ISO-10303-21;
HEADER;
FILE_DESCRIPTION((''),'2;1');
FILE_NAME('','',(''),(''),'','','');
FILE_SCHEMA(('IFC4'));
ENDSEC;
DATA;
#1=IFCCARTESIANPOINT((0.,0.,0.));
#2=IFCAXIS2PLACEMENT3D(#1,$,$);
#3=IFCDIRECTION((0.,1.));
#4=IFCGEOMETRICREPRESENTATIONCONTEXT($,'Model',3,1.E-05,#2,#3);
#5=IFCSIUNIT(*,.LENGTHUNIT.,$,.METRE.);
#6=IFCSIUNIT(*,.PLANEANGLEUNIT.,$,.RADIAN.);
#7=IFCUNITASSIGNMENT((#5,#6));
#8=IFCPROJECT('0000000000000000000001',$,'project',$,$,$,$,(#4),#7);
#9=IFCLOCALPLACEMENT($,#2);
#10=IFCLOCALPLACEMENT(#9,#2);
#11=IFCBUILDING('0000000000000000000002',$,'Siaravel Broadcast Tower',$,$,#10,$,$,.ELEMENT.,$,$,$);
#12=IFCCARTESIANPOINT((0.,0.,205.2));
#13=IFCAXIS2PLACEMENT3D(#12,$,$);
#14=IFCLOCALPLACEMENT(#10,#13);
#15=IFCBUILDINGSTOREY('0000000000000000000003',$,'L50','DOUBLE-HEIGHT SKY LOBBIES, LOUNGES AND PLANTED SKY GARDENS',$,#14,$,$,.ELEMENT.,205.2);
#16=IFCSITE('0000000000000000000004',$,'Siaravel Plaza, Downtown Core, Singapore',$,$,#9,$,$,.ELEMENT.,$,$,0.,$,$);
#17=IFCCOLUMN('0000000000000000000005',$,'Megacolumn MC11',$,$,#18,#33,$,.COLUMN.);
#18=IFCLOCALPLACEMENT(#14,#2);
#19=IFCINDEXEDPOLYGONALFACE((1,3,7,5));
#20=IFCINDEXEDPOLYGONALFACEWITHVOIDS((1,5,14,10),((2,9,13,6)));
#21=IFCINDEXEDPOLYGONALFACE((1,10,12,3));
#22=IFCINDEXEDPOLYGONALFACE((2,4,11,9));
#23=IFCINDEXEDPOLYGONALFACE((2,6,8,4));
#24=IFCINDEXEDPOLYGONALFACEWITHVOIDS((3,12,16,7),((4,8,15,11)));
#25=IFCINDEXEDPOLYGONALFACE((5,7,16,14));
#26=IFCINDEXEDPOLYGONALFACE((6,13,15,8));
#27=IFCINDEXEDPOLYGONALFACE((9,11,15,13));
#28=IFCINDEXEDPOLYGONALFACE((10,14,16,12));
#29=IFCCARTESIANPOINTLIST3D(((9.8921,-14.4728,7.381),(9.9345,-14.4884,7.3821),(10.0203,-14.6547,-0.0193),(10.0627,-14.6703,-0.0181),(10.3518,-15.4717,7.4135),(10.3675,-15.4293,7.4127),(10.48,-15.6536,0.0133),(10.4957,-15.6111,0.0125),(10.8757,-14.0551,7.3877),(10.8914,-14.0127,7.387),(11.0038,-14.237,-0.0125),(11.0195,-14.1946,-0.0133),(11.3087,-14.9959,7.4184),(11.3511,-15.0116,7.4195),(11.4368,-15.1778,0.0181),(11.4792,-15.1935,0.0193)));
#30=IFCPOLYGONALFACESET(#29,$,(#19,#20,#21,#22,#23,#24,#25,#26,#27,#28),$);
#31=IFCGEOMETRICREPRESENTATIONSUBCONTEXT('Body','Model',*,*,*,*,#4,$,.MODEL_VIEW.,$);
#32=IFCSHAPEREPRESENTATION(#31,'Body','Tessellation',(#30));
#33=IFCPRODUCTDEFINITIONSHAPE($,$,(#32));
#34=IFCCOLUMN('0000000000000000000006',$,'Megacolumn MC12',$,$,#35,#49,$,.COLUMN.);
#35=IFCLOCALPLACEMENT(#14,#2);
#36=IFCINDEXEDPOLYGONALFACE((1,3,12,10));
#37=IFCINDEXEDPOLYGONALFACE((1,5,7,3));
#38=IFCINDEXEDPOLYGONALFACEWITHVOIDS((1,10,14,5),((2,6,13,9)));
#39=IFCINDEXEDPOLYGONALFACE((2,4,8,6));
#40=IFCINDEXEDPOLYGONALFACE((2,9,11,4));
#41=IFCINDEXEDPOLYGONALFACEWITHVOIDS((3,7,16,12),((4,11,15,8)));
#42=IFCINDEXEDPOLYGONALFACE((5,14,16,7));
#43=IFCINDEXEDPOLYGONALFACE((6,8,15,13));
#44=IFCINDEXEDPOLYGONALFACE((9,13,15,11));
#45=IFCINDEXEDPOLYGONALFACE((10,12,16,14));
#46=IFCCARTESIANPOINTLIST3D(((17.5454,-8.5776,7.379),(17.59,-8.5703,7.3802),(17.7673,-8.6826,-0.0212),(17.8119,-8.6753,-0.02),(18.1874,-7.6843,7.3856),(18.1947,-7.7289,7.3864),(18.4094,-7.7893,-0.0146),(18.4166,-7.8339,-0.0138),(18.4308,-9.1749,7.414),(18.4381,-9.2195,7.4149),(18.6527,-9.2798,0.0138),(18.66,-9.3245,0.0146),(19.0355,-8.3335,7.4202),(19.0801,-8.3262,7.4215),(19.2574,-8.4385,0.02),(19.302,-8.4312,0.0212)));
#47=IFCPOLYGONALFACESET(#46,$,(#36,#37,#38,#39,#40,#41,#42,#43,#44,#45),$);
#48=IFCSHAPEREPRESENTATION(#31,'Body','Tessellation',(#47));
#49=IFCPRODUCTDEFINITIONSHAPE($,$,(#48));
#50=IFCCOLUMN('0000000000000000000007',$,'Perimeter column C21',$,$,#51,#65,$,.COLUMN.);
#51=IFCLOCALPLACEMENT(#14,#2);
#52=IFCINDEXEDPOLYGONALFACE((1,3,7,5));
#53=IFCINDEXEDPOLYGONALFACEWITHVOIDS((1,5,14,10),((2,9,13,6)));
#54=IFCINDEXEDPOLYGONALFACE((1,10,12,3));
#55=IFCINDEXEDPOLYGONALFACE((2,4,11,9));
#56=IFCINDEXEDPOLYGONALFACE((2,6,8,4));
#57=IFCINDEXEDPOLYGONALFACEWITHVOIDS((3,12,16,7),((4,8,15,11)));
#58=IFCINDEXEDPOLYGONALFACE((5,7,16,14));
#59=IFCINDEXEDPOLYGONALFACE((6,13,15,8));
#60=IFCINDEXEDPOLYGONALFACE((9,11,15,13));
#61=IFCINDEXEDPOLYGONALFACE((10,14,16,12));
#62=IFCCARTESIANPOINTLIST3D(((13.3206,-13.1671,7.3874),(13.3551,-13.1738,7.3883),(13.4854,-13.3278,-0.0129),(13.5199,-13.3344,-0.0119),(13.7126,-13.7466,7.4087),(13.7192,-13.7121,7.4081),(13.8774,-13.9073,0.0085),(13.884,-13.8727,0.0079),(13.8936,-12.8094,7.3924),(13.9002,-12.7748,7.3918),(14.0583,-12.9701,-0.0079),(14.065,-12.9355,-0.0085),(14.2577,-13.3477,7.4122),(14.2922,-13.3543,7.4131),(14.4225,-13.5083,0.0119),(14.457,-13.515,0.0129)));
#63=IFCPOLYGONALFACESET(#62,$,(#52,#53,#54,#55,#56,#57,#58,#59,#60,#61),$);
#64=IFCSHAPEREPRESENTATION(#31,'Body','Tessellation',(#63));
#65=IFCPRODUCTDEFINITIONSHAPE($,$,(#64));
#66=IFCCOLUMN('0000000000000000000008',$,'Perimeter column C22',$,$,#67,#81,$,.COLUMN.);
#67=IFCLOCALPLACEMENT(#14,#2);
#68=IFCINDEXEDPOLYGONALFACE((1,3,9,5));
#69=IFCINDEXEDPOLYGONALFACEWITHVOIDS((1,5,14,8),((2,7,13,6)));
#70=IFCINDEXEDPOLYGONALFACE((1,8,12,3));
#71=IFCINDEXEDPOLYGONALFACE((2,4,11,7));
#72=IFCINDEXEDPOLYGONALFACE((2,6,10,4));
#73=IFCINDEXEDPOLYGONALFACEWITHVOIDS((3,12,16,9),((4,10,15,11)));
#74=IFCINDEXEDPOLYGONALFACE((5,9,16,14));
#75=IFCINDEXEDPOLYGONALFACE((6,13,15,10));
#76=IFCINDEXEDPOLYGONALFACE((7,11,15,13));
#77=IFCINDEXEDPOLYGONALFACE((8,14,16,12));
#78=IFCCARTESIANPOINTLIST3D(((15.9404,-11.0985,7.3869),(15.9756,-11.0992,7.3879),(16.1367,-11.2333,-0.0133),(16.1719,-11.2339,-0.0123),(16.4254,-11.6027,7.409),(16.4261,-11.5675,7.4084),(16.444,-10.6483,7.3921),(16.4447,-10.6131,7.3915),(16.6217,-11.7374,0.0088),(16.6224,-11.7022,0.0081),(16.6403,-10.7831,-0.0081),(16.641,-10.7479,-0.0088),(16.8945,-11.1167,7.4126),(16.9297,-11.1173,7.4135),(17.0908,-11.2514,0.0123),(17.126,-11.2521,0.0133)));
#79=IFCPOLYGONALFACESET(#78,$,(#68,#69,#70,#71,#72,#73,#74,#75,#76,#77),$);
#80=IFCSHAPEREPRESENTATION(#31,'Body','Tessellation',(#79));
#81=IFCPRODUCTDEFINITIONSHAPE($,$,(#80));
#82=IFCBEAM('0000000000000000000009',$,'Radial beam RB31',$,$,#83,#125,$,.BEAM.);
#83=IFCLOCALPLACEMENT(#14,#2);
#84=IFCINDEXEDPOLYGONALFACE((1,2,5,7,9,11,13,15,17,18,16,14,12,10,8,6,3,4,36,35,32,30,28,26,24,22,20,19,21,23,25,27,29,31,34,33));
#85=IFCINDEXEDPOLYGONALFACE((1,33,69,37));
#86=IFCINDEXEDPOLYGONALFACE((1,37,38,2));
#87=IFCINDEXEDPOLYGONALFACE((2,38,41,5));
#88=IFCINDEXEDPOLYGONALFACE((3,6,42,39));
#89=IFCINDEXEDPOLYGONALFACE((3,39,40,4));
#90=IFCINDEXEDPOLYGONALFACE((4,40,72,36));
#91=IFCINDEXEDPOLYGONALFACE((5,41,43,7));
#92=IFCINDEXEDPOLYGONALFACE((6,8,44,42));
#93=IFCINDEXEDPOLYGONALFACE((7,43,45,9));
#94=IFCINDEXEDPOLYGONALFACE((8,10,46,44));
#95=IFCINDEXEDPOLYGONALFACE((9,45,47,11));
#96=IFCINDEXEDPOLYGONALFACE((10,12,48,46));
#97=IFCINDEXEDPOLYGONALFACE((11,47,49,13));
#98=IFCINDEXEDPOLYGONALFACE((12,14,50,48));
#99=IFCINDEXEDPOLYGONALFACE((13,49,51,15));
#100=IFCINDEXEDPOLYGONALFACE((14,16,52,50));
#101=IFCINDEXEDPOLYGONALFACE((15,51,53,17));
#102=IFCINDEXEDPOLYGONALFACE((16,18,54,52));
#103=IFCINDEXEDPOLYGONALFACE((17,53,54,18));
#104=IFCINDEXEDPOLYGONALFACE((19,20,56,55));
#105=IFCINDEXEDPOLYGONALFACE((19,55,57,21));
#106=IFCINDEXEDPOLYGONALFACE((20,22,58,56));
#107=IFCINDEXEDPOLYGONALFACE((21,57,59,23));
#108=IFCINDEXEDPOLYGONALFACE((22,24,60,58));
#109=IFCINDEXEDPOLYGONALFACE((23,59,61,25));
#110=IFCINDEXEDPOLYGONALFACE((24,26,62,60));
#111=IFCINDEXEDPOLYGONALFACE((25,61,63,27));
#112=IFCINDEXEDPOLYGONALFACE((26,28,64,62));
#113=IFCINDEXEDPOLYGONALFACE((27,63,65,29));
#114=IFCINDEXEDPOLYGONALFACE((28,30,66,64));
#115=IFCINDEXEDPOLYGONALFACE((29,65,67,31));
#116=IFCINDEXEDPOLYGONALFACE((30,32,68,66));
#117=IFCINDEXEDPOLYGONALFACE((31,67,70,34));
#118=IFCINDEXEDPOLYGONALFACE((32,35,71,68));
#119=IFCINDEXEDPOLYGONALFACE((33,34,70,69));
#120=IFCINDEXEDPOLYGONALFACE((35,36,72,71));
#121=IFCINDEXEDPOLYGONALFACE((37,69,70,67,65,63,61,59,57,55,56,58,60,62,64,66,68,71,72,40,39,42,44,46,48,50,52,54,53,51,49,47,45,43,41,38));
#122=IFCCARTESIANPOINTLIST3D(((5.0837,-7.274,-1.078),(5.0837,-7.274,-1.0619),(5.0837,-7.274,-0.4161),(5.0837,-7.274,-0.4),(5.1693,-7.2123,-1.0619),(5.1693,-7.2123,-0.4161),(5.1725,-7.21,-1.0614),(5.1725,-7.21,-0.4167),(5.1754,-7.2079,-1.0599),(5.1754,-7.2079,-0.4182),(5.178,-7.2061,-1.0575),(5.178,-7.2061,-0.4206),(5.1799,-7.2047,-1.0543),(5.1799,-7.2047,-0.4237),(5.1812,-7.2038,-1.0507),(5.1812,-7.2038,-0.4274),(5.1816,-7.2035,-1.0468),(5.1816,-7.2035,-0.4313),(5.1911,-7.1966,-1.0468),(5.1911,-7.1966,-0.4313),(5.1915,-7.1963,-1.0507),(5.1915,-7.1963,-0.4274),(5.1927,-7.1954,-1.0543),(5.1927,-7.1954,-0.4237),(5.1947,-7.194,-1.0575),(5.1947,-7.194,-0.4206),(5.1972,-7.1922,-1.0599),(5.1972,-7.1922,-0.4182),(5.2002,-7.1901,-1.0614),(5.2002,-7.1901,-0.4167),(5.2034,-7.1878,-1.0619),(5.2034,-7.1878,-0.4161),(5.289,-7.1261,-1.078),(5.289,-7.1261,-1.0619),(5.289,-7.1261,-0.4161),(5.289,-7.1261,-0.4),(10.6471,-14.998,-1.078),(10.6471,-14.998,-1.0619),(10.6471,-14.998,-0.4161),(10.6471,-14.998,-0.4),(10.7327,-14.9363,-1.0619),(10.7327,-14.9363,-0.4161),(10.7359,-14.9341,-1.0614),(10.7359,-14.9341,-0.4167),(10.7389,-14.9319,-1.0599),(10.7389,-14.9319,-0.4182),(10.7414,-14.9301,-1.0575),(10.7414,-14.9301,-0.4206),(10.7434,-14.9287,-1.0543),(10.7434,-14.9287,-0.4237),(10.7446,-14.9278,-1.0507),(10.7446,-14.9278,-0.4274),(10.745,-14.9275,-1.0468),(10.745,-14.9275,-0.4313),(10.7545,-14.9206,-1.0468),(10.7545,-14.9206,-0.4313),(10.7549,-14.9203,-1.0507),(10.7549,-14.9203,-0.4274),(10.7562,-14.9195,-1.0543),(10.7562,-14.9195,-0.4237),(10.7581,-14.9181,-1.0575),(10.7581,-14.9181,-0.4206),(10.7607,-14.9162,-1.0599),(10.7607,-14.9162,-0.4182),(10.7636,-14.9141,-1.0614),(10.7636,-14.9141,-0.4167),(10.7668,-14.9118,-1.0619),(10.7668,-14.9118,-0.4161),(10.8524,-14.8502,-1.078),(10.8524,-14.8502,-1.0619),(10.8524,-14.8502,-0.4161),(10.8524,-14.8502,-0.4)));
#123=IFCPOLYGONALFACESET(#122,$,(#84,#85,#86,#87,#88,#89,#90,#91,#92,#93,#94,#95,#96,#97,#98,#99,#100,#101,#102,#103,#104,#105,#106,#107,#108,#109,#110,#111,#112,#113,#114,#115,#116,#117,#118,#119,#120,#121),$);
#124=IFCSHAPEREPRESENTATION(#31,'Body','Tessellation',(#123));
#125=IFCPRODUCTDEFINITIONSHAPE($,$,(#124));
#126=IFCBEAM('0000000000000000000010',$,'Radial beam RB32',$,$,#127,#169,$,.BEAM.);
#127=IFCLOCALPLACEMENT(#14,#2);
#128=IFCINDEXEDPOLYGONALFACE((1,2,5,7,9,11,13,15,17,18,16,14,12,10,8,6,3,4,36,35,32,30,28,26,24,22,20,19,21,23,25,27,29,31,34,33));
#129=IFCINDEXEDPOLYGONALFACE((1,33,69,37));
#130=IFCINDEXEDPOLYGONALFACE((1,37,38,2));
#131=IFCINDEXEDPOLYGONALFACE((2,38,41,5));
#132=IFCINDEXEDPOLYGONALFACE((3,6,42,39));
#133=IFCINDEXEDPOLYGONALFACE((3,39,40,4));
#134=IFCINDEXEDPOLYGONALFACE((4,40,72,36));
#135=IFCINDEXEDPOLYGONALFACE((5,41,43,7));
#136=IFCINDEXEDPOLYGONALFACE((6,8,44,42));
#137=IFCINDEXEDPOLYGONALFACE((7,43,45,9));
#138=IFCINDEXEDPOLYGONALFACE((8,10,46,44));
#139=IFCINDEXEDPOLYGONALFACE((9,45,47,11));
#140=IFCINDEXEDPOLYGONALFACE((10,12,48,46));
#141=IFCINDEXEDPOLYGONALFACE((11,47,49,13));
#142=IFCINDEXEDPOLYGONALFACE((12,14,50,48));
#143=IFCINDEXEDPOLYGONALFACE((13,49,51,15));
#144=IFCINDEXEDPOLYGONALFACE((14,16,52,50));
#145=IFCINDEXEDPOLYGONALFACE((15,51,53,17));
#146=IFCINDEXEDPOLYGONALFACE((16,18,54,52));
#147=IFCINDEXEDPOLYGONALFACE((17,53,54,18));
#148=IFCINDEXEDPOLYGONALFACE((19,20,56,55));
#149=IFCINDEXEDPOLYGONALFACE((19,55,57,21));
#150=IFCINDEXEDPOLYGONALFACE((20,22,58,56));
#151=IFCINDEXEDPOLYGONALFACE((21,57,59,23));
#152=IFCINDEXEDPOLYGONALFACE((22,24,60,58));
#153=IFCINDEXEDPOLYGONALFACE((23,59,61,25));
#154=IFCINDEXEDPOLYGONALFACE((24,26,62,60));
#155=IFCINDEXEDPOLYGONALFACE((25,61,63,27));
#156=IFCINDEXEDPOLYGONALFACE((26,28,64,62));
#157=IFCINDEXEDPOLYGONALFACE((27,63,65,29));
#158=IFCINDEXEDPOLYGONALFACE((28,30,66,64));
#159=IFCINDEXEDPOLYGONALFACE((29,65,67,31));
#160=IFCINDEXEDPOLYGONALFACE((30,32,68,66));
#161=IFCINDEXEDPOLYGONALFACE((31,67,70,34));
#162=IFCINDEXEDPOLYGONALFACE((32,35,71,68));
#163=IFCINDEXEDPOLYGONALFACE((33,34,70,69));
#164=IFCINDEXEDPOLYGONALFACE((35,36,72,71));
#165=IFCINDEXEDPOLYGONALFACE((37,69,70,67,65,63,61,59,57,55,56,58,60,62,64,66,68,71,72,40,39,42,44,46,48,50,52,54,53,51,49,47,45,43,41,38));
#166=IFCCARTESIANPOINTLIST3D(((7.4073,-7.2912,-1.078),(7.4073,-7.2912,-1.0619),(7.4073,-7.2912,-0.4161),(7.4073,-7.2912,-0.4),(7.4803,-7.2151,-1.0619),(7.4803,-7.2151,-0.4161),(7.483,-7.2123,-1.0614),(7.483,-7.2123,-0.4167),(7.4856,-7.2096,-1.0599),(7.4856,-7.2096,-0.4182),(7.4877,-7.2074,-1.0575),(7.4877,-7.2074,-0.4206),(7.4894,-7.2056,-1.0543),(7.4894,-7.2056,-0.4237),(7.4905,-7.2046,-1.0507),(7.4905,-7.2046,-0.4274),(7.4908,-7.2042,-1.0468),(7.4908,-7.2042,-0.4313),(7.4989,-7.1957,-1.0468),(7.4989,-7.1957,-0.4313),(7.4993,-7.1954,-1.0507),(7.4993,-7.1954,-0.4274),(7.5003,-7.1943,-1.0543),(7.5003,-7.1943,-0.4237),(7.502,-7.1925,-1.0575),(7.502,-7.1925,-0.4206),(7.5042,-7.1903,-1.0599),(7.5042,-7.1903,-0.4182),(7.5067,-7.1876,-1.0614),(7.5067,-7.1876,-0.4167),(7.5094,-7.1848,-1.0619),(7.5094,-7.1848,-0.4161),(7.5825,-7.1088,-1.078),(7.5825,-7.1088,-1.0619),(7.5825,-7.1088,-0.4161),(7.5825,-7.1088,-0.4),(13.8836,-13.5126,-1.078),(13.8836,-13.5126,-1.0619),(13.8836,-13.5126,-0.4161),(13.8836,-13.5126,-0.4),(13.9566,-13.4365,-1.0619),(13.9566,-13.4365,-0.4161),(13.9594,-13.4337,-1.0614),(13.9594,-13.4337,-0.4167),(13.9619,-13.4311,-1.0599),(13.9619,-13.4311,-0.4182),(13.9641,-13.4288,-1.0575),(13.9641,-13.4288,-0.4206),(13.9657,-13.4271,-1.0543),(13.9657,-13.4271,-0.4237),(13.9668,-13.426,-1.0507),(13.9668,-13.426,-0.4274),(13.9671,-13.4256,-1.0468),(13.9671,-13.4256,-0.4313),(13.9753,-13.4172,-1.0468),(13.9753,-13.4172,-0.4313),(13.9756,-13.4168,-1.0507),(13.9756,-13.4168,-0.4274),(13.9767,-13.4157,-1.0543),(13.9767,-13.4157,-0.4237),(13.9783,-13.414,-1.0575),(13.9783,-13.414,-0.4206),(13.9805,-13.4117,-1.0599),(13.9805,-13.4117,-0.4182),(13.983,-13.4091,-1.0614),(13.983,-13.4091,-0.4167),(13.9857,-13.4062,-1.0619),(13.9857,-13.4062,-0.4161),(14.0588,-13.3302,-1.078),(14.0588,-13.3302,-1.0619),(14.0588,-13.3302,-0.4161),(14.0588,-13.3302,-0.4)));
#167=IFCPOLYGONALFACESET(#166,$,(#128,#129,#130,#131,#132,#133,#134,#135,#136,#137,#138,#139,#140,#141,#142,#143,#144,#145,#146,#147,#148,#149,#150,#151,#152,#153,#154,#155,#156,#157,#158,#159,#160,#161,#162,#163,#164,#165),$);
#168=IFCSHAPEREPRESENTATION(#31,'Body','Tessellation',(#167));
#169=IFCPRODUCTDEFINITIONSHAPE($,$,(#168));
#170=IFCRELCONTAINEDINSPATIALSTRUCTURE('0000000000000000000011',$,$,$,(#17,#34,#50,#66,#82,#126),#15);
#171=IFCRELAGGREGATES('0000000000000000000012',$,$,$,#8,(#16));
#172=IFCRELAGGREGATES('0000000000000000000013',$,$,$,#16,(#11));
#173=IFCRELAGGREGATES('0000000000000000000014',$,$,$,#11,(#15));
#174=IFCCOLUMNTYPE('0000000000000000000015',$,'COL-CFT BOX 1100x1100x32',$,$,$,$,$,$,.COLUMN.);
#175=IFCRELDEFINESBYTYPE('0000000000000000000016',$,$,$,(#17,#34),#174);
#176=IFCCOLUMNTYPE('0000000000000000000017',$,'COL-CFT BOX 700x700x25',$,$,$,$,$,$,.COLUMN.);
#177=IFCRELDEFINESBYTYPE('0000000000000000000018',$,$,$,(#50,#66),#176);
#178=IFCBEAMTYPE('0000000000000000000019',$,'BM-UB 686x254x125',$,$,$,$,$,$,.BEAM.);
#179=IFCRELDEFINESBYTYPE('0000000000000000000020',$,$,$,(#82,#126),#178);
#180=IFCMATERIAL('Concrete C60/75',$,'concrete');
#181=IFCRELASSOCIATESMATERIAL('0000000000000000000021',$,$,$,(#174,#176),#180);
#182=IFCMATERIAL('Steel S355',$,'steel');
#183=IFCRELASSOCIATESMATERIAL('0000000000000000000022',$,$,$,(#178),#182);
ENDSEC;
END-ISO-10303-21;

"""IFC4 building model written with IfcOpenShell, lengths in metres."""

from ifc_helpers import new_model, si_unit, direction, frame, origin, origin_2d, place, context, subcontext, project, spatial, hollow_rectangle, i_section, extrude, material, material_profile, profile_set, type_object, element, save


model = new_model("IFC4")

# Units and contexts
model_context = context("Model", 3, precision=1e-05, world=origin(), true_north=direction((0.0, 1.0)))
body_context = subcontext(model_context, "Body", "Model", "MODEL_VIEW")
ifc_project = project(units=[si_unit("LENGTHUNIT", "METRE"), si_unit("PLANEANGLEUNIT", "RADIAN")], contexts=[model_context])

# Site, building, storey
site_placement = place(None, origin())
site = spatial("IfcSite", under=ifc_project, at=site_placement, Name="Siaravel Plaza, Downtown Core, Singapore", CompositionType="ELEMENT", RefElevation=0.0)
building_placement = place(site_placement, origin())
building = spatial("IfcBuilding", under=site, at=building_placement, Name="Siaravel Broadcast Tower", CompositionType="ELEMENT")
storey_placement = place(building_placement, frame((0.0, 0.0, 205.2)))
storey = spatial("IfcBuildingStorey", under=building, at=storey_placement, Name="L50", Description="DOUBLE-HEIGHT SKY LOBBIES, LOUNGES AND PLANTED SKY GARDENS", CompositionType="ELEMENT", Elevation=205.2)

# Columns
ifc_material_1 = material(Name="Concrete C60/75", Category="concrete")
ifc_material_profile_1 = material_profile(ifc_material_1, hollow_rectangle(XDim=1.1001, YDim=1.1001, WallThickness=0.032, at=origin_2d()))
ifc_profile_set_1 = profile_set([ifc_material_profile_1], Name="Concrete C60/75")
column_type_1 = type_object("IfcColumnType", Name="COL-CFT BOX 1100x1100x32", PredefinedType="COLUMN", material=ifc_profile_set_1)
column_1_placement = place(storey_placement, frame((10.7498, -14.9241, 0.0), z_axis=(-0.017313, 0.024567, 0.999548), x_axis=(-0.908335, -0.418208, -0.005454)))
element("IfcColumn", 1, at=column_1_placement, inside=storey, type_object=column_type_1, Name="Megacolumn MC11", PredefinedType="COLUMN", context=body_context, shape_type="SweptSolid", body=[
    extrude(hollow_rectangle(XDim=1.1001, YDim=1.1001, WallThickness=0.032, at=origin_2d()), origin(), (0.0, 0.0, 1.0), 7.4036),
])
column_2_placement = place(storey_placement, frame((18.5347, -8.5569, 0.0), z_axis=(-0.029973, 0.014178, 0.99945), x_axis=(-0.583641, -0.81199, -0.005984)))
element("IfcColumn", 2, at=column_2_placement, inside=storey, type_object=column_type_1, Name="Megacolumn MC12", PredefinedType="COLUMN", context=body_context, shape_type="SweptSolid", body=[
    extrude(hollow_rectangle(XDim=1.1001, YDim=1.1001, WallThickness=0.032, at=origin_2d()), origin(), (0.0, 0.0, 1.0), 7.4043),
])
ifc_material_profile_2 = material_profile(ifc_material_1, hollow_rectangle(XDim=0.7, YDim=0.7, WallThickness=0.0249, at=origin_2d()))
ifc_profile_set_2 = profile_set([ifc_material_profile_2], Name="Concrete C60/75")
column_type_2 = type_object("IfcColumnType", Name="COL-CFT BOX 700x700x25", PredefinedType="COLUMN", material=ifc_profile_set_2)
column_3_placement = place(storey_placement, frame((13.9712, -13.4214, 0.0), z_axis=(-0.022258, 0.021698, 0.999517), x_axis=(-0.82816, -0.560457, -0.006276)))
element("IfcColumn", 3, at=column_3_placement, inside=storey, type_object=column_type_2, Name="Perimeter column C21", PredefinedType="COLUMN", context=body_context, shape_type="SweptSolid", body=[
    extrude(hollow_rectangle(XDim=0.7, YDim=0.7, WallThickness=0.0249, at=origin_2d()), origin(), (0.0, 0.0, 1.0), 7.4038),
])
column_4_placement = place(storey_placement, frame((16.6313, -11.2427, 0.0), z_axis=(-0.026511, 0.018202, 0.999483), x_axis=(-0.720516, -0.693408, -0.006484)))
element("IfcColumn", 4, at=column_4_placement, inside=storey, type_object=column_type_2, Name="Perimeter column C22", PredefinedType="COLUMN", context=body_context, shape_type="SweptSolid", body=[
    extrude(hollow_rectangle(XDim=0.7, YDim=0.7, WallThickness=0.0249, at=origin_2d()), origin(), (0.0, 0.0, 1.0), 7.4041),
])

# Beams
ifc_material_2 = material(Name="Steel S355", Category="steel")
ifc_material_profile_3 = material_profile(ifc_material_2, i_section(OverallWidth=0.2529, OverallDepth=0.678, WebThickness=0.0117, FlangeThickness=0.0161, FilletRadius=0.0151, at=origin_2d()))
ifc_profile_set_3 = profile_set([ifc_material_profile_3], Name="Steel S355")
beam_type = type_object("IfcBeamType", Name="BM-UB 686x254x125", PredefinedType="BEAM", material=ifc_profile_set_3)
beam_1_placement = place(storey_placement, frame((10.7498, -14.9241, -0.739), z_axis=(-0.584451, 0.811429, 0.0), x_axis=(-0.811429, -0.584451, 0.0)))
element("IfcBeam", 5, at=beam_1_placement, inside=storey, type_object=beam_type, Name="Radial beam RB31", PredefinedType="BEAM", context=body_context, shape_type="SweptSolid", body=[
    extrude(i_section(OverallWidth=0.2529, OverallDepth=0.678, WebThickness=0.0117, FlangeThickness=0.0161, FilletRadius=0.0151, at=origin_2d()), origin(), (0.0, 0.0, 1.0), 9.519),
])
beam_2_placement = place(storey_placement, frame((13.9712, -13.4214, -0.739), z_axis=(-0.721155, 0.692773, 0.0), x_axis=(-0.692773, -0.721155, 0.0)))
element("IfcBeam", 6, at=beam_2_placement, inside=storey, type_object=beam_type, Name="Radial beam RB32", PredefinedType="BEAM", context=body_context, shape_type="SweptSolid", body=[
    extrude(i_section(OverallWidth=0.2529, OverallDepth=0.678, WebThickness=0.0117, FlangeThickness=0.0161, FilletRadius=0.0151, at=origin_2d()), origin(), (0.0, 0.0, 1.0), 8.9805),
])

save(model, "model.ifc")
